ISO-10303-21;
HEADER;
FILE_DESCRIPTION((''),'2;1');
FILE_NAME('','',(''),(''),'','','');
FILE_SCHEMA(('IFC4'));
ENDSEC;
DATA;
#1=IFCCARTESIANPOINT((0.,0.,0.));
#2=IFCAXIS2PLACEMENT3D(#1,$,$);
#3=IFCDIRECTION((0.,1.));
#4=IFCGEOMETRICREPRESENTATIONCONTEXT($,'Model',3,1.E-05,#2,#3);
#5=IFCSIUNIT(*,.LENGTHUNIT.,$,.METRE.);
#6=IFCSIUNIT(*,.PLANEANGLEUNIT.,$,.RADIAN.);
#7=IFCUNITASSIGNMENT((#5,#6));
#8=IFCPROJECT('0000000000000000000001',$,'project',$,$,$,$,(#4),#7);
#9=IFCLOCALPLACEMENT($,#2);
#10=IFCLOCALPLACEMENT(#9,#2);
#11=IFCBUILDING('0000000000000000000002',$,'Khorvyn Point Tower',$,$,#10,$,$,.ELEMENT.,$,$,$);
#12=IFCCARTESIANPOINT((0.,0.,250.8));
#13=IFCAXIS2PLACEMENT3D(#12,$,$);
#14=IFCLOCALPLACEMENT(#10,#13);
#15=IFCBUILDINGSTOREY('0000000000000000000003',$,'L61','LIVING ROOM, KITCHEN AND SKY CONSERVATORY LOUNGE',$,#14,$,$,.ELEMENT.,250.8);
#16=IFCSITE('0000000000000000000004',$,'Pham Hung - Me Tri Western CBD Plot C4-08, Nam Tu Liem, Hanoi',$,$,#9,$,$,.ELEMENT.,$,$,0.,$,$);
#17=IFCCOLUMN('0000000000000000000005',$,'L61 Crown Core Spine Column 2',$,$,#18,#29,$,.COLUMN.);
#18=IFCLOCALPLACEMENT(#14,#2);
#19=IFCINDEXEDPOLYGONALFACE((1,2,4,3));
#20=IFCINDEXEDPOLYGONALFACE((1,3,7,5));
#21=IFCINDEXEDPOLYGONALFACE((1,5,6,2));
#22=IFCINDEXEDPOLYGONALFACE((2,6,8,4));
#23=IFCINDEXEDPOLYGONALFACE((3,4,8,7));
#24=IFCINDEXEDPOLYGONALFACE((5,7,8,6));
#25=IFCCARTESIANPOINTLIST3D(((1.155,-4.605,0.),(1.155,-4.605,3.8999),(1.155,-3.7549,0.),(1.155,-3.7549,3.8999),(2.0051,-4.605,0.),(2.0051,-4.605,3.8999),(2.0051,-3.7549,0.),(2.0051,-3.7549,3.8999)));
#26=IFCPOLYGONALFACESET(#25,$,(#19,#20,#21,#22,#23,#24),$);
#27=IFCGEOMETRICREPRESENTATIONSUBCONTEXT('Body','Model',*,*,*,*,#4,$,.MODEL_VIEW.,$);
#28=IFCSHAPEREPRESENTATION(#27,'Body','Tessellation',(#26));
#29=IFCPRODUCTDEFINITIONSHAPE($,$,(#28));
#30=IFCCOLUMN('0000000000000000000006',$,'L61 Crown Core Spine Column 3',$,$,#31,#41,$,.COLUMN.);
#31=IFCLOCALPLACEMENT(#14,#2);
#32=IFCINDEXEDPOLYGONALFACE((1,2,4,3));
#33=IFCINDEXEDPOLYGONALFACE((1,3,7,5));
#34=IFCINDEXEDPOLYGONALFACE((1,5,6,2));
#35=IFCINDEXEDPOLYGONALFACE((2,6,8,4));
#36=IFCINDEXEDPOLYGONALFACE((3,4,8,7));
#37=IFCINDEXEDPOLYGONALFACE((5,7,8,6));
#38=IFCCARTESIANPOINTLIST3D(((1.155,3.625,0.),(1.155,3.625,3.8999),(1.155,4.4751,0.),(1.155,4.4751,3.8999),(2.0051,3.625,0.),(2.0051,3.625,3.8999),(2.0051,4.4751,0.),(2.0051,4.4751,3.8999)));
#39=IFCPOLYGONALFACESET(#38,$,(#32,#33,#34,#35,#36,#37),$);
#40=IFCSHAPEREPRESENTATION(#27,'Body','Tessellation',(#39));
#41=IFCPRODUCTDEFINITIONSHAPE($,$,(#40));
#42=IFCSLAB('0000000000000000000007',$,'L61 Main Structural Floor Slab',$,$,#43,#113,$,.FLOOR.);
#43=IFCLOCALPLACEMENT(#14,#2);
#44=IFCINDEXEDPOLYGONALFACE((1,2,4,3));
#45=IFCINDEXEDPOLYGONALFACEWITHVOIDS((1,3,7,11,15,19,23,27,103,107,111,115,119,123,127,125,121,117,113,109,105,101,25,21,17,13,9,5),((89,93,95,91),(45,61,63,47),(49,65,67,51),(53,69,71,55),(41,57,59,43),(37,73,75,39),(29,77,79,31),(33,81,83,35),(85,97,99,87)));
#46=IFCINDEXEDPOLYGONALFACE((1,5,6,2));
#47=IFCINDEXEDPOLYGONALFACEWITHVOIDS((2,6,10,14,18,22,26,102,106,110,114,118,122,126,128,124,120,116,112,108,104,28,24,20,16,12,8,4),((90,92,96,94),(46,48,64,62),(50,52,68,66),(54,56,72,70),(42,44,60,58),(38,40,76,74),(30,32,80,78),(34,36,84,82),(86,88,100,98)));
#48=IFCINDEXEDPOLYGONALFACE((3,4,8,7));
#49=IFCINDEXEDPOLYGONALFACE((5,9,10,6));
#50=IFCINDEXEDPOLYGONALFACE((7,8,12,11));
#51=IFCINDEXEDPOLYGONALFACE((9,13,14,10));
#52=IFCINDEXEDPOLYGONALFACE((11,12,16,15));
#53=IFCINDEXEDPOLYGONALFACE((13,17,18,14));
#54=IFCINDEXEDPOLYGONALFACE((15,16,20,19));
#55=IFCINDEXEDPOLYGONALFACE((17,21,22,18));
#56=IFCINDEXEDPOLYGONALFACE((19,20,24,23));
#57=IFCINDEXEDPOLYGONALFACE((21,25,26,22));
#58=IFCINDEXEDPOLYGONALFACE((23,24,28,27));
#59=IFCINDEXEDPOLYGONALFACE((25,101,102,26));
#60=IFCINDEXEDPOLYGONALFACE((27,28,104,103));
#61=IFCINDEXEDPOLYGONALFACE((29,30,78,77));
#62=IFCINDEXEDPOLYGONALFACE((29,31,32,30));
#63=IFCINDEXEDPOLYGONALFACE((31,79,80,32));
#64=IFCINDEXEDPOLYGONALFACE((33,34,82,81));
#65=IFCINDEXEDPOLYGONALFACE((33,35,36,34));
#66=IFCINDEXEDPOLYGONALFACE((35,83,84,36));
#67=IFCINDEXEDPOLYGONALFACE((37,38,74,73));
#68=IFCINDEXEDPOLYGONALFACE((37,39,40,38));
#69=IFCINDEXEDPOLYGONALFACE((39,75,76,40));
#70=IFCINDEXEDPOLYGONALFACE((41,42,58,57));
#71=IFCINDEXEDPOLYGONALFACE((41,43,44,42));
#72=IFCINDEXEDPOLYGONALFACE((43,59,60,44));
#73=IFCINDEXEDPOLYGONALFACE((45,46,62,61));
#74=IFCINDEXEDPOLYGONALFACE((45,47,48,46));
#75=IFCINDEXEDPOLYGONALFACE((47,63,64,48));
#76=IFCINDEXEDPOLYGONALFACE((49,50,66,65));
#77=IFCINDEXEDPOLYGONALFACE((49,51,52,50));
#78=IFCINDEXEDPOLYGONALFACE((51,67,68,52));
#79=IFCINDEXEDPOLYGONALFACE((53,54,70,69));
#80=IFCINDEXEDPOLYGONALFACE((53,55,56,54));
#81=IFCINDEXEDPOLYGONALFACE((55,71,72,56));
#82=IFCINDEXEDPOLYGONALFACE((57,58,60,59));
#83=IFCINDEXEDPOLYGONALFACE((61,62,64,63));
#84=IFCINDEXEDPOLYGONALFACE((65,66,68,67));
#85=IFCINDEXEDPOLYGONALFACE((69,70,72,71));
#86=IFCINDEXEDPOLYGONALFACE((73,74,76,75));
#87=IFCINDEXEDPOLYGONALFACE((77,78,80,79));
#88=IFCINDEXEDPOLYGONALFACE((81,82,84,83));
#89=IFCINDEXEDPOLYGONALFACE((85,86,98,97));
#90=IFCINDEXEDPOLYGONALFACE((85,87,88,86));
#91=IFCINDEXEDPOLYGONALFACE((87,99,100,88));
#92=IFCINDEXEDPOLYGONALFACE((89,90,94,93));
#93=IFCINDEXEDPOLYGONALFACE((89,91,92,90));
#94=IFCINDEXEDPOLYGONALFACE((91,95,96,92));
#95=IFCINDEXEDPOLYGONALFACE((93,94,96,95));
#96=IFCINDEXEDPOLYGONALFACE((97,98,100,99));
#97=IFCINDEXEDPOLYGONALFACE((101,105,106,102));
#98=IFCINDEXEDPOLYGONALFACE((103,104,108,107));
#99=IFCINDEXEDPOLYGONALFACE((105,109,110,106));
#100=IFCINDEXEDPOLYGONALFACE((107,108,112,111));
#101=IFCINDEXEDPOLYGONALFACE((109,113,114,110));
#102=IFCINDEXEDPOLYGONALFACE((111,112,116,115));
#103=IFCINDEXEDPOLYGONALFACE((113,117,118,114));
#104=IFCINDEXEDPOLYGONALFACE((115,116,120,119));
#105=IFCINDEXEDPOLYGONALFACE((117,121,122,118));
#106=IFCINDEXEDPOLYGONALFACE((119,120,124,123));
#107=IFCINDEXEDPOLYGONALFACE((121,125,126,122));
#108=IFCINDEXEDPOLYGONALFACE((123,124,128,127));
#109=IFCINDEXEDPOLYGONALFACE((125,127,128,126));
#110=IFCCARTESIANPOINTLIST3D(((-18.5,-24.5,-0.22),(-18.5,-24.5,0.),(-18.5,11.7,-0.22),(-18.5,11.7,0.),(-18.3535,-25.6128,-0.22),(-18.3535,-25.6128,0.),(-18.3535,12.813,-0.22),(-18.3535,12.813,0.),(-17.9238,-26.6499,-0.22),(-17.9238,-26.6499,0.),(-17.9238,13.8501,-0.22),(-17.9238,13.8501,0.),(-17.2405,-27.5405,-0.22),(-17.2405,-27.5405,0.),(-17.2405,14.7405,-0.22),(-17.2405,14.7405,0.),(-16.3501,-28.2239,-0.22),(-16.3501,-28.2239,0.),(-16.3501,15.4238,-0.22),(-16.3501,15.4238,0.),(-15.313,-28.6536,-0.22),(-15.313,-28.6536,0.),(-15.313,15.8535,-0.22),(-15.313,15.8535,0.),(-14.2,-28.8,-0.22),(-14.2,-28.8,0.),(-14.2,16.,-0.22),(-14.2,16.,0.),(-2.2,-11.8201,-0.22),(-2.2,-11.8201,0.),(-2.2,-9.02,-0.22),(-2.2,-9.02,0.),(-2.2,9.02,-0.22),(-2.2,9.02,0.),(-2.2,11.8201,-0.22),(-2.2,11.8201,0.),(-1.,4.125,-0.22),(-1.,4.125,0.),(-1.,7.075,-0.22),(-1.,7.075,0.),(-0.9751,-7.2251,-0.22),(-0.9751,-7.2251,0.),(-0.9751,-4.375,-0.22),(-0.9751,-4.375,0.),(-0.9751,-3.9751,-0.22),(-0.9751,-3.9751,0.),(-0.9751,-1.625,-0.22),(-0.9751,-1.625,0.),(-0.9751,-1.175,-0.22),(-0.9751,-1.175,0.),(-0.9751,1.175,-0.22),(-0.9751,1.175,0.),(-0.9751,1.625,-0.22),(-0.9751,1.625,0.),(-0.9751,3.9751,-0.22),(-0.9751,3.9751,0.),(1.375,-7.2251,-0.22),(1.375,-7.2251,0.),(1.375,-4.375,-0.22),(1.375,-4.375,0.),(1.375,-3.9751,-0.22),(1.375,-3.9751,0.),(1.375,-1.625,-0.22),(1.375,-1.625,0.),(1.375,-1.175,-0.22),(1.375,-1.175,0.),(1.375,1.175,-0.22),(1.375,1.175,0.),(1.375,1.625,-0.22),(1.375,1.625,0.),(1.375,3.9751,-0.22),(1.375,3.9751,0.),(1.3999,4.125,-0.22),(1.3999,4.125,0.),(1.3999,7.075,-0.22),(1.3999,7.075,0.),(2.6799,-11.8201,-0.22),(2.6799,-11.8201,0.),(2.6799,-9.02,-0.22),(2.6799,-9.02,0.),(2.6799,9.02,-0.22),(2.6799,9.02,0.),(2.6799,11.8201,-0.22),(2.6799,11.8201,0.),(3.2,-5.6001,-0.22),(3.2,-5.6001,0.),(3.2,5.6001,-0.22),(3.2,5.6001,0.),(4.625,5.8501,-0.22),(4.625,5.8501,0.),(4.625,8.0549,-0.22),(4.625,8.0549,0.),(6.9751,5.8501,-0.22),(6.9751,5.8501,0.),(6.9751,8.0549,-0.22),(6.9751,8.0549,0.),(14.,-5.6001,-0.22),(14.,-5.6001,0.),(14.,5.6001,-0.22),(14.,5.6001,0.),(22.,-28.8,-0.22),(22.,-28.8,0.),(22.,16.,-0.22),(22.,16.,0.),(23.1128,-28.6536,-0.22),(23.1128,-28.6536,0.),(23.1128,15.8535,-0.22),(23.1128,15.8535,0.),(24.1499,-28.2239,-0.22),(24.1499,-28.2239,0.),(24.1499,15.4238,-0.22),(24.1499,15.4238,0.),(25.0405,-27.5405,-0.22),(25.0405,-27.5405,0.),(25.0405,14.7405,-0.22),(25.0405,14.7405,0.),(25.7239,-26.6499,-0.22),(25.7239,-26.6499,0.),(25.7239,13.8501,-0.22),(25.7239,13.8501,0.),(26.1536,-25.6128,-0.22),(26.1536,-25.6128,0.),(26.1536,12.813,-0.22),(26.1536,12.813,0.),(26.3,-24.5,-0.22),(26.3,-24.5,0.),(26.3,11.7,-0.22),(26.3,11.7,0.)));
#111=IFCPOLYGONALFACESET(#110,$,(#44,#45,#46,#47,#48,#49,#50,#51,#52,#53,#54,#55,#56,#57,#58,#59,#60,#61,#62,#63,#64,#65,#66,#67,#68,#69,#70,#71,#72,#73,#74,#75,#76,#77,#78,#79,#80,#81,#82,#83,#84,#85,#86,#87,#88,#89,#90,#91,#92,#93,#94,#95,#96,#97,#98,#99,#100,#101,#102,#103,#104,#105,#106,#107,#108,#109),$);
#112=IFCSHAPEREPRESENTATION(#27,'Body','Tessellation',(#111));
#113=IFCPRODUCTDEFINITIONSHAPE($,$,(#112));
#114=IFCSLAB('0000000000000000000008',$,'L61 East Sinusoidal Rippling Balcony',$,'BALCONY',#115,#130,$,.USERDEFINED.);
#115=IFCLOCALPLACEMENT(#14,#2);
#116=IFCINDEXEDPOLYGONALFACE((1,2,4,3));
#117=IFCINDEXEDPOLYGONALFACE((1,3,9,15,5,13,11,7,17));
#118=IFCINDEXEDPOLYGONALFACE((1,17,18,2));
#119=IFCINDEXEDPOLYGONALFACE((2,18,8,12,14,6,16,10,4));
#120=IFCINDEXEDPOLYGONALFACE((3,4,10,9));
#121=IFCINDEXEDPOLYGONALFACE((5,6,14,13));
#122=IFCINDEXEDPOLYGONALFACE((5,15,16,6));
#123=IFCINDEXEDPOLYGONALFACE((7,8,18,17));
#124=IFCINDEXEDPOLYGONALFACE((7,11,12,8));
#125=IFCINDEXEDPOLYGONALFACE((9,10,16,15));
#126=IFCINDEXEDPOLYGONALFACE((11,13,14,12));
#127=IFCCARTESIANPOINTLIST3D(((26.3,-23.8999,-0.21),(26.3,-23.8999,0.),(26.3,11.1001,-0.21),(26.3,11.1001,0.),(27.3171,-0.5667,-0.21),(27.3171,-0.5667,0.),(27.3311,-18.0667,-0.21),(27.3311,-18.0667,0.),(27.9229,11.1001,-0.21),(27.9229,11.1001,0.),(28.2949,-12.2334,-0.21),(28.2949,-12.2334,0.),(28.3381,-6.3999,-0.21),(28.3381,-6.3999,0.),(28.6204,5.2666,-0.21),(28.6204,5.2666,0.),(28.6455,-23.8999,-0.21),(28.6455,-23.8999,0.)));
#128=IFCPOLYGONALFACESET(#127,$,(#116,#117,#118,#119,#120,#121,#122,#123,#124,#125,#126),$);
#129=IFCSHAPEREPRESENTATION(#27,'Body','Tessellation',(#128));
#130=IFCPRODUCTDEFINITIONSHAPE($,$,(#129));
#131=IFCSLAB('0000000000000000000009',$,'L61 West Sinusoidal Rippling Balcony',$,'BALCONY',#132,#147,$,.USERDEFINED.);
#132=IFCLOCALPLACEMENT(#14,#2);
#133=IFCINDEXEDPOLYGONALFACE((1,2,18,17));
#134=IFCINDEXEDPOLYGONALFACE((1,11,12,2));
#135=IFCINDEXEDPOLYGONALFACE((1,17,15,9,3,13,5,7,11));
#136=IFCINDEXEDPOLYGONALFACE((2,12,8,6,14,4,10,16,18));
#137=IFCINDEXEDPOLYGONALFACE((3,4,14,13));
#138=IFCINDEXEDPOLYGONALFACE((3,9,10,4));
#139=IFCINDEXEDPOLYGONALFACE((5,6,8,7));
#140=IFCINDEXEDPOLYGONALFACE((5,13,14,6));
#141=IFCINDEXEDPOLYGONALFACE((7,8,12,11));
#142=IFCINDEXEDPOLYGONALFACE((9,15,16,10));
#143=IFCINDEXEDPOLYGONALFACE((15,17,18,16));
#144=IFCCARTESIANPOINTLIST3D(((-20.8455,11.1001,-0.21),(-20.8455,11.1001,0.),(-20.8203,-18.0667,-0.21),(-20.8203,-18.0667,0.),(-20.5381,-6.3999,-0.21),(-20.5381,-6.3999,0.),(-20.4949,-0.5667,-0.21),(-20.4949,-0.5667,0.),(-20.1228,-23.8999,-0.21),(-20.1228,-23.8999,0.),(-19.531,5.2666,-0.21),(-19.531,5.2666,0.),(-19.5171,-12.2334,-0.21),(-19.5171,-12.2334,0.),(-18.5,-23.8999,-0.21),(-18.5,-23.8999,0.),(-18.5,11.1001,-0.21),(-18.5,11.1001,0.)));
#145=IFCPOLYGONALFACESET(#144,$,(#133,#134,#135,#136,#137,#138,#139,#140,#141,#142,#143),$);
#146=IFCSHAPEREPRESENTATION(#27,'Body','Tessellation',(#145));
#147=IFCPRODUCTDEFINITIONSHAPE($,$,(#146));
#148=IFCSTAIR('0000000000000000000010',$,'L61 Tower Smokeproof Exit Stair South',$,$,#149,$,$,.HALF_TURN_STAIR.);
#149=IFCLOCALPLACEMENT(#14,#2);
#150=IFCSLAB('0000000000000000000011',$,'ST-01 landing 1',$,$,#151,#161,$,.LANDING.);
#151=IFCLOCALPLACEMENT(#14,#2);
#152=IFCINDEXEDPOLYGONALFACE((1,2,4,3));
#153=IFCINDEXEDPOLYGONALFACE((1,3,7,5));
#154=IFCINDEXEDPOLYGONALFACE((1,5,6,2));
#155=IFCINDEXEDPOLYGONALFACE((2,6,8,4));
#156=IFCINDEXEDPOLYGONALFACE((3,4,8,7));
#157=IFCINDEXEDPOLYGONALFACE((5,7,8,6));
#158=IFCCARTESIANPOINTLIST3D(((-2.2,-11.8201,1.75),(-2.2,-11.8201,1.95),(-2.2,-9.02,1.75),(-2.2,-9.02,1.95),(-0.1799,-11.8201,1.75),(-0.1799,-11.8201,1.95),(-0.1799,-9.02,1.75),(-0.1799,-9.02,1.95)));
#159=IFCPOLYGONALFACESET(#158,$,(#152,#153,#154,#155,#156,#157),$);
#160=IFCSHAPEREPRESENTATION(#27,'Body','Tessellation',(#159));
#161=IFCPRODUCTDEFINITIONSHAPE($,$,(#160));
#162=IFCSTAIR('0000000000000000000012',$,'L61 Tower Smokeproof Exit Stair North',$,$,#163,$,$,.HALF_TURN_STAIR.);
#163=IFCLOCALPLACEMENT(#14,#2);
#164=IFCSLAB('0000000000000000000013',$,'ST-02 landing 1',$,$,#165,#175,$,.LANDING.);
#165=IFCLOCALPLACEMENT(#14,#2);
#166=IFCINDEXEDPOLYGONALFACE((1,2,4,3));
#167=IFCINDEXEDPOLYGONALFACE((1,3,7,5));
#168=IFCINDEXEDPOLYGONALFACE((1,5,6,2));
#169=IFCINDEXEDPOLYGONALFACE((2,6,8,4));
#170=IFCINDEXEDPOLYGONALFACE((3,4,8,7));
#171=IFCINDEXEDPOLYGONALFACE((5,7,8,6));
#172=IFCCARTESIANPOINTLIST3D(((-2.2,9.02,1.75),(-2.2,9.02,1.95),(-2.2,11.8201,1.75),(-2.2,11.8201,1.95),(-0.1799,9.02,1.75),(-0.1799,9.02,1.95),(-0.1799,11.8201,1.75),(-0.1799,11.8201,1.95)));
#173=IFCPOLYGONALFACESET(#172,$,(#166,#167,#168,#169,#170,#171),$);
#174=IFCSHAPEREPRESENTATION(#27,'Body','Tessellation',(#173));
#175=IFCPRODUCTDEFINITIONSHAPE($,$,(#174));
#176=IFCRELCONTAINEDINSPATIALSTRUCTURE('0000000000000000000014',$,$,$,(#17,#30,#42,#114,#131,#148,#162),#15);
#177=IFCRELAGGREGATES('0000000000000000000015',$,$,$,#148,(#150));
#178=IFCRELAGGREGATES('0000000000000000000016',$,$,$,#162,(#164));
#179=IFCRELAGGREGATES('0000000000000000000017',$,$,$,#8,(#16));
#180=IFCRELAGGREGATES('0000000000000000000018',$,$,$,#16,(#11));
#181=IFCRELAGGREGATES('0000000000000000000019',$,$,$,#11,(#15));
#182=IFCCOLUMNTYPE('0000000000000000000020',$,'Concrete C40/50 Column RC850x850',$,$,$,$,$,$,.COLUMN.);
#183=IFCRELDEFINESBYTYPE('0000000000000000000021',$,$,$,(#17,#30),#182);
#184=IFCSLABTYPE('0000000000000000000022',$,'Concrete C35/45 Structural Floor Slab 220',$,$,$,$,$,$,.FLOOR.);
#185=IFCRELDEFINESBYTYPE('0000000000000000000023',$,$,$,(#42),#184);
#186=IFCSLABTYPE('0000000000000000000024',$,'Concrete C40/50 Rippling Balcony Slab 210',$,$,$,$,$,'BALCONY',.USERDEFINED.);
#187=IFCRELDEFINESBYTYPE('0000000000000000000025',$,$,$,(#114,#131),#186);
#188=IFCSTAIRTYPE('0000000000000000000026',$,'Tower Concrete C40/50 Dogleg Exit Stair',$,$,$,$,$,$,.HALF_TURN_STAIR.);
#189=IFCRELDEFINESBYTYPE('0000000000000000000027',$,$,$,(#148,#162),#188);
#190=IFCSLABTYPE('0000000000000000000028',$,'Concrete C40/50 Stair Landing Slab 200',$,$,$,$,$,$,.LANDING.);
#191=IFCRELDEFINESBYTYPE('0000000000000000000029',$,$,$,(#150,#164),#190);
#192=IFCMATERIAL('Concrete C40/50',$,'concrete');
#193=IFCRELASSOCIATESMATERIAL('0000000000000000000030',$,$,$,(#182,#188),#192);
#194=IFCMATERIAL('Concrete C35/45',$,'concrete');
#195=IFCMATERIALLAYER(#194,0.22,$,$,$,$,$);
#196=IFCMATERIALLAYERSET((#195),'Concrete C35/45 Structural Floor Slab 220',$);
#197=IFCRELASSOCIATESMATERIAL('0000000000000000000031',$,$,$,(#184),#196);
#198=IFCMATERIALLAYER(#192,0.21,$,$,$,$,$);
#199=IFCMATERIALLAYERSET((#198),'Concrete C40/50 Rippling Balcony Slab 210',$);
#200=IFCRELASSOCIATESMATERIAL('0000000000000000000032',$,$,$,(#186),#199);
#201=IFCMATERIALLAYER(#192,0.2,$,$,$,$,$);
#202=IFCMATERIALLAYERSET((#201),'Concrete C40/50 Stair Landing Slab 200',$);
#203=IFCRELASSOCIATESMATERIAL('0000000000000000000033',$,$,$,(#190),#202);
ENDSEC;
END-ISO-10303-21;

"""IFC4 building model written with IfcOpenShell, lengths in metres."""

from ifc_helpers import new_model, si_unit, direction, frame, origin, origin_2d, place, context, subcontext, project, spatial, polyline, rectangle, outline, extrude, material, layer, layer_set, material_profile, profile_set, type_object, element, aggregate, save


model = new_model("IFC4")

# Units and contexts
model_context = context("Model", 3, precision=1e-05, world=origin(), true_north=direction((0.0, 1.0)))
body_context = subcontext(model_context, "Body", "Model", "MODEL_VIEW")
ifc_project = project(units=[si_unit("LENGTHUNIT", "METRE"), si_unit("PLANEANGLEUNIT", "RADIAN")], contexts=[model_context])

# Site, building, storey
site_placement = place(None, origin())
site = spatial("IfcSite", under=ifc_project, at=site_placement, Name="Pham Hung - Me Tri Western CBD Plot C4-08, Nam Tu Liem, Hanoi", CompositionType="ELEMENT", RefElevation=0.0)
building_placement = place(site_placement, origin())
building = spatial("IfcBuilding", under=site, at=building_placement, Name="Khorvyn Point Tower", CompositionType="ELEMENT")
storey_placement = place(building_placement, frame((0.0, 0.0, 250.8)))
storey = spatial("IfcBuildingStorey", under=building, at=storey_placement, Name="L61", Description="LIVING ROOM, KITCHEN AND SKY CONSERVATORY LOUNGE", CompositionType="ELEMENT", Elevation=250.8)

# Columns
ifc_material_1 = material(Name="Concrete C40/50", Category="concrete")
ifc_material_profile = material_profile(ifc_material_1, rectangle(XDim=0.8501, YDim=0.8501, at=origin_2d()))
ifc_profile_set = profile_set([ifc_material_profile], Name="Concrete C40/50 RC850x850")
column_type = type_object("IfcColumnType", Name="Concrete C40/50 Column RC850x850", PredefinedType="COLUMN", material=ifc_profile_set)
for number, where, z_axis, x_axis, name in (
    (1, (1.5801, -4.1799, 0.0), (0.0, 0.0, 1.0), (1.0, 0.0, 0.0), "L61 Crown Core Spine Column 2"),
    (2, (1.5801, 4.05, 0.0), (0.0, 0.0, 1.0), (1.0, 0.0, 0.0), "L61 Crown Core Spine Column 3"),
):
    element("IfcColumn", number, at=place(storey_placement, frame(where, z_axis=z_axis, x_axis=x_axis)), inside=storey, type_object=column_type, Name=name, PredefinedType="COLUMN", context=body_context, shape_type="SweptSolid", body=[
        extrude(rectangle(XDim=0.8501, YDim=0.8501, at=origin_2d()), origin(), (0.0, 0.0, 1.0), 3.8999),
    ])

# Slabs
ifc_material_2 = material(Name="Concrete C35/45", Category="concrete")
ifc_layer_1 = layer(ifc_material_2, 0.22)
ifc_layer_set_1 = layer_set([ifc_layer_1], Name="Concrete C35/45 Structural Floor Slab 220")
slab_type_1 = type_object("IfcSlabType", Name="Concrete C35/45 Structural Floor Slab 220", PredefinedType="FLOOR", material=ifc_layer_set_1)
slab_1_placement = place(storey_placement, frame((0.0, 0.0, -0.22)))
element("IfcSlab", 3, at=slab_1_placement, inside=storey, type_object=slab_type_1, Name="L61 Main Structural Floor Slab", PredefinedType="FLOOR", context=body_context, shape_type="SweptSolid", body=[
    extrude(outline(polyline([(-14.2, -28.8), (-15.313, -28.6536), (-16.3501, -28.2239), (-17.2405, -27.5405), (-17.9238, -26.6499), (-18.3535, -25.6128), (-18.5, -24.5), (-18.5, 11.7), (-18.3535, 12.813), (-17.9238, 13.8501), (-17.2405, 14.7405), (-16.3501, 15.4238), (-15.313, 15.8535), (-14.2, 16.0), (22.0, 16.0), (23.1128, 15.8535), (24.1499, 15.4238), (25.0405, 14.7405), (25.7239, 13.8501), (26.1536, 12.813), (26.3, 11.7), (26.3, -24.5), (26.1536, -25.6128), (25.7239, -26.6499), (25.0405, -27.5405), (24.1499, -28.2239), (23.1128, -28.6536), (22.0, -28.8), (-14.2, -28.8)]), holes=[polyline([(2.6799, -11.8201), (2.6799, -9.02), (-2.2, -9.02), (-2.2, -11.8201), (2.6799, -11.8201)]), polyline([(1.375, -7.2251), (1.375, -4.375), (-0.9751, -4.375), (-0.9751, -7.2251), (1.375, -7.2251)]), polyline([(1.375, -3.9751), (1.375, -1.625), (-0.9751, -1.625), (-0.9751, -3.9751), (1.375, -3.9751)]), polyline([(1.375, -1.175), (1.375, 1.175), (-0.9751, 1.175), (-0.9751, -1.175), (1.375, -1.175)]), polyline([(14.0, -5.6001), (14.0, 5.6001), (3.2, 5.6001), (3.2, -5.6001), (14.0, -5.6001)]), polyline([(1.375, 1.625), (1.375, 3.9751), (-0.9751, 3.9751), (-0.9751, 1.625), (1.375, 1.625)]), polyline([(1.3999, 4.125), (1.3999, 7.075), (-1.0, 7.075), (-1.0, 4.125), (1.3999, 4.125)]), polyline([(4.625, 5.8501), (6.9751, 5.8501), (6.9751, 8.0549), (4.625, 8.0549), (4.625, 5.8501)]), polyline([(-2.2, 9.02), (2.6799, 9.02), (2.6799, 11.8201), (-2.2, 11.8201), (-2.2, 9.02)])]), origin(), (0.0, 0.0, 1.0), 0.22),
])
ifc_layer_2 = layer(ifc_material_1, 0.21)
ifc_layer_set_2 = layer_set([ifc_layer_2], Name="Concrete C40/50 Rippling Balcony Slab 210")
slab_type_2 = type_object("IfcSlabType", Name="Concrete C40/50 Rippling Balcony Slab 210", ElementType="BALCONY", PredefinedType="USERDEFINED", material=ifc_layer_set_2)
slab_2_placement = place(storey_placement, frame((0.0, 0.0, -0.21)))
element("IfcSlab", 4, at=slab_2_placement, inside=storey, type_object=slab_type_2, Name="L61 East Sinusoidal Rippling Balcony", ObjectType="BALCONY", PredefinedType="USERDEFINED", context=body_context, shape_type="SweptSolid", body=[
    extrude(outline(polyline([(26.3, -23.8999), (28.6455, -23.8999), (27.3311, -18.0667), (28.2949, -12.2334), (28.3381, -6.3999), (27.3171, -0.5667), (28.6204, 5.2666), (27.9229, 11.1001), (26.3, 11.1001), (26.3, -23.8999)])), origin(), (0.0, 0.0, 1.0), 0.21),
])
slab_3_placement = place(storey_placement, frame((0.0, 0.0, -0.21)))
element("IfcSlab", 5, at=slab_3_placement, inside=storey, type_object=slab_type_2, Name="L61 West Sinusoidal Rippling Balcony", ObjectType="BALCONY", PredefinedType="USERDEFINED", context=body_context, shape_type="SweptSolid", body=[
    extrude(outline(polyline([(-18.5, 11.1001), (-20.8455, 11.1001), (-19.531, 5.2666), (-20.4949, -0.5667), (-20.5381, -6.3999), (-19.5171, -12.2334), (-20.8203, -18.0667), (-20.1228, -23.8999), (-18.5, -23.8999), (-18.5, 11.1001)])), origin(), (0.0, 0.0, 1.0), 0.21),
])

# Stairs, slabs
stair_type = type_object("IfcStairType", Name="Tower Concrete C40/50 Dogleg Exit Stair", PredefinedType="HALF_TURN_STAIR", material=ifc_material_1)
stair_1_placement = place(storey_placement, origin())
stair_1 = element("IfcStair", 6, at=stair_1_placement, inside=storey, type_object=stair_type, Name="L61 Tower Smokeproof Exit Stair South", PredefinedType="HALF_TURN_STAIR")
ifc_layer_3 = layer(ifc_material_1, 0.2)
ifc_layer_set_3 = layer_set([ifc_layer_3], Name="Concrete C40/50 Stair Landing Slab 200")
slab_type_3 = type_object("IfcSlabType", Name="Concrete C40/50 Stair Landing Slab 200", PredefinedType="LANDING", material=ifc_layer_set_3)
slab_4_placement = place(storey_placement, frame((0.0, 0.0, 1.75)))
slab_4 = element("IfcSlab", 7, at=slab_4_placement, type_object=slab_type_3, Name="ST-01 landing 1", PredefinedType="LANDING", context=body_context, shape_type="SweptSolid", body=[
    extrude(outline(polyline([(-0.1799, -9.02), (-2.2, -9.02), (-2.2, -11.8201), (-0.1799, -11.8201), (-0.1799, -9.02)])), origin(), (0.0, 0.0, 1.0), 0.2),
])
aggregate(stair_1, [slab_4])
stair_2_placement = place(storey_placement, origin())
stair_2 = element("IfcStair", 8, at=stair_2_placement, inside=storey, type_object=stair_type, Name="L61 Tower Smokeproof Exit Stair North", PredefinedType="HALF_TURN_STAIR")
slab_5_placement = place(storey_placement, frame((0.0, 0.0, 1.75)))
slab_5 = element("IfcSlab", 9, at=slab_5_placement, type_object=slab_type_3, Name="ST-02 landing 1", PredefinedType="LANDING", context=body_context, shape_type="SweptSolid", body=[
    extrude(outline(polyline([(-0.1799, 11.8201), (-2.2, 11.8201), (-2.2, 9.02), (-0.1799, 9.02), (-0.1799, 11.8201)])), origin(), (0.0, 0.0, 1.0), 0.2),
])
aggregate(stair_2, [slab_5])

save(model, "model.ifc")
